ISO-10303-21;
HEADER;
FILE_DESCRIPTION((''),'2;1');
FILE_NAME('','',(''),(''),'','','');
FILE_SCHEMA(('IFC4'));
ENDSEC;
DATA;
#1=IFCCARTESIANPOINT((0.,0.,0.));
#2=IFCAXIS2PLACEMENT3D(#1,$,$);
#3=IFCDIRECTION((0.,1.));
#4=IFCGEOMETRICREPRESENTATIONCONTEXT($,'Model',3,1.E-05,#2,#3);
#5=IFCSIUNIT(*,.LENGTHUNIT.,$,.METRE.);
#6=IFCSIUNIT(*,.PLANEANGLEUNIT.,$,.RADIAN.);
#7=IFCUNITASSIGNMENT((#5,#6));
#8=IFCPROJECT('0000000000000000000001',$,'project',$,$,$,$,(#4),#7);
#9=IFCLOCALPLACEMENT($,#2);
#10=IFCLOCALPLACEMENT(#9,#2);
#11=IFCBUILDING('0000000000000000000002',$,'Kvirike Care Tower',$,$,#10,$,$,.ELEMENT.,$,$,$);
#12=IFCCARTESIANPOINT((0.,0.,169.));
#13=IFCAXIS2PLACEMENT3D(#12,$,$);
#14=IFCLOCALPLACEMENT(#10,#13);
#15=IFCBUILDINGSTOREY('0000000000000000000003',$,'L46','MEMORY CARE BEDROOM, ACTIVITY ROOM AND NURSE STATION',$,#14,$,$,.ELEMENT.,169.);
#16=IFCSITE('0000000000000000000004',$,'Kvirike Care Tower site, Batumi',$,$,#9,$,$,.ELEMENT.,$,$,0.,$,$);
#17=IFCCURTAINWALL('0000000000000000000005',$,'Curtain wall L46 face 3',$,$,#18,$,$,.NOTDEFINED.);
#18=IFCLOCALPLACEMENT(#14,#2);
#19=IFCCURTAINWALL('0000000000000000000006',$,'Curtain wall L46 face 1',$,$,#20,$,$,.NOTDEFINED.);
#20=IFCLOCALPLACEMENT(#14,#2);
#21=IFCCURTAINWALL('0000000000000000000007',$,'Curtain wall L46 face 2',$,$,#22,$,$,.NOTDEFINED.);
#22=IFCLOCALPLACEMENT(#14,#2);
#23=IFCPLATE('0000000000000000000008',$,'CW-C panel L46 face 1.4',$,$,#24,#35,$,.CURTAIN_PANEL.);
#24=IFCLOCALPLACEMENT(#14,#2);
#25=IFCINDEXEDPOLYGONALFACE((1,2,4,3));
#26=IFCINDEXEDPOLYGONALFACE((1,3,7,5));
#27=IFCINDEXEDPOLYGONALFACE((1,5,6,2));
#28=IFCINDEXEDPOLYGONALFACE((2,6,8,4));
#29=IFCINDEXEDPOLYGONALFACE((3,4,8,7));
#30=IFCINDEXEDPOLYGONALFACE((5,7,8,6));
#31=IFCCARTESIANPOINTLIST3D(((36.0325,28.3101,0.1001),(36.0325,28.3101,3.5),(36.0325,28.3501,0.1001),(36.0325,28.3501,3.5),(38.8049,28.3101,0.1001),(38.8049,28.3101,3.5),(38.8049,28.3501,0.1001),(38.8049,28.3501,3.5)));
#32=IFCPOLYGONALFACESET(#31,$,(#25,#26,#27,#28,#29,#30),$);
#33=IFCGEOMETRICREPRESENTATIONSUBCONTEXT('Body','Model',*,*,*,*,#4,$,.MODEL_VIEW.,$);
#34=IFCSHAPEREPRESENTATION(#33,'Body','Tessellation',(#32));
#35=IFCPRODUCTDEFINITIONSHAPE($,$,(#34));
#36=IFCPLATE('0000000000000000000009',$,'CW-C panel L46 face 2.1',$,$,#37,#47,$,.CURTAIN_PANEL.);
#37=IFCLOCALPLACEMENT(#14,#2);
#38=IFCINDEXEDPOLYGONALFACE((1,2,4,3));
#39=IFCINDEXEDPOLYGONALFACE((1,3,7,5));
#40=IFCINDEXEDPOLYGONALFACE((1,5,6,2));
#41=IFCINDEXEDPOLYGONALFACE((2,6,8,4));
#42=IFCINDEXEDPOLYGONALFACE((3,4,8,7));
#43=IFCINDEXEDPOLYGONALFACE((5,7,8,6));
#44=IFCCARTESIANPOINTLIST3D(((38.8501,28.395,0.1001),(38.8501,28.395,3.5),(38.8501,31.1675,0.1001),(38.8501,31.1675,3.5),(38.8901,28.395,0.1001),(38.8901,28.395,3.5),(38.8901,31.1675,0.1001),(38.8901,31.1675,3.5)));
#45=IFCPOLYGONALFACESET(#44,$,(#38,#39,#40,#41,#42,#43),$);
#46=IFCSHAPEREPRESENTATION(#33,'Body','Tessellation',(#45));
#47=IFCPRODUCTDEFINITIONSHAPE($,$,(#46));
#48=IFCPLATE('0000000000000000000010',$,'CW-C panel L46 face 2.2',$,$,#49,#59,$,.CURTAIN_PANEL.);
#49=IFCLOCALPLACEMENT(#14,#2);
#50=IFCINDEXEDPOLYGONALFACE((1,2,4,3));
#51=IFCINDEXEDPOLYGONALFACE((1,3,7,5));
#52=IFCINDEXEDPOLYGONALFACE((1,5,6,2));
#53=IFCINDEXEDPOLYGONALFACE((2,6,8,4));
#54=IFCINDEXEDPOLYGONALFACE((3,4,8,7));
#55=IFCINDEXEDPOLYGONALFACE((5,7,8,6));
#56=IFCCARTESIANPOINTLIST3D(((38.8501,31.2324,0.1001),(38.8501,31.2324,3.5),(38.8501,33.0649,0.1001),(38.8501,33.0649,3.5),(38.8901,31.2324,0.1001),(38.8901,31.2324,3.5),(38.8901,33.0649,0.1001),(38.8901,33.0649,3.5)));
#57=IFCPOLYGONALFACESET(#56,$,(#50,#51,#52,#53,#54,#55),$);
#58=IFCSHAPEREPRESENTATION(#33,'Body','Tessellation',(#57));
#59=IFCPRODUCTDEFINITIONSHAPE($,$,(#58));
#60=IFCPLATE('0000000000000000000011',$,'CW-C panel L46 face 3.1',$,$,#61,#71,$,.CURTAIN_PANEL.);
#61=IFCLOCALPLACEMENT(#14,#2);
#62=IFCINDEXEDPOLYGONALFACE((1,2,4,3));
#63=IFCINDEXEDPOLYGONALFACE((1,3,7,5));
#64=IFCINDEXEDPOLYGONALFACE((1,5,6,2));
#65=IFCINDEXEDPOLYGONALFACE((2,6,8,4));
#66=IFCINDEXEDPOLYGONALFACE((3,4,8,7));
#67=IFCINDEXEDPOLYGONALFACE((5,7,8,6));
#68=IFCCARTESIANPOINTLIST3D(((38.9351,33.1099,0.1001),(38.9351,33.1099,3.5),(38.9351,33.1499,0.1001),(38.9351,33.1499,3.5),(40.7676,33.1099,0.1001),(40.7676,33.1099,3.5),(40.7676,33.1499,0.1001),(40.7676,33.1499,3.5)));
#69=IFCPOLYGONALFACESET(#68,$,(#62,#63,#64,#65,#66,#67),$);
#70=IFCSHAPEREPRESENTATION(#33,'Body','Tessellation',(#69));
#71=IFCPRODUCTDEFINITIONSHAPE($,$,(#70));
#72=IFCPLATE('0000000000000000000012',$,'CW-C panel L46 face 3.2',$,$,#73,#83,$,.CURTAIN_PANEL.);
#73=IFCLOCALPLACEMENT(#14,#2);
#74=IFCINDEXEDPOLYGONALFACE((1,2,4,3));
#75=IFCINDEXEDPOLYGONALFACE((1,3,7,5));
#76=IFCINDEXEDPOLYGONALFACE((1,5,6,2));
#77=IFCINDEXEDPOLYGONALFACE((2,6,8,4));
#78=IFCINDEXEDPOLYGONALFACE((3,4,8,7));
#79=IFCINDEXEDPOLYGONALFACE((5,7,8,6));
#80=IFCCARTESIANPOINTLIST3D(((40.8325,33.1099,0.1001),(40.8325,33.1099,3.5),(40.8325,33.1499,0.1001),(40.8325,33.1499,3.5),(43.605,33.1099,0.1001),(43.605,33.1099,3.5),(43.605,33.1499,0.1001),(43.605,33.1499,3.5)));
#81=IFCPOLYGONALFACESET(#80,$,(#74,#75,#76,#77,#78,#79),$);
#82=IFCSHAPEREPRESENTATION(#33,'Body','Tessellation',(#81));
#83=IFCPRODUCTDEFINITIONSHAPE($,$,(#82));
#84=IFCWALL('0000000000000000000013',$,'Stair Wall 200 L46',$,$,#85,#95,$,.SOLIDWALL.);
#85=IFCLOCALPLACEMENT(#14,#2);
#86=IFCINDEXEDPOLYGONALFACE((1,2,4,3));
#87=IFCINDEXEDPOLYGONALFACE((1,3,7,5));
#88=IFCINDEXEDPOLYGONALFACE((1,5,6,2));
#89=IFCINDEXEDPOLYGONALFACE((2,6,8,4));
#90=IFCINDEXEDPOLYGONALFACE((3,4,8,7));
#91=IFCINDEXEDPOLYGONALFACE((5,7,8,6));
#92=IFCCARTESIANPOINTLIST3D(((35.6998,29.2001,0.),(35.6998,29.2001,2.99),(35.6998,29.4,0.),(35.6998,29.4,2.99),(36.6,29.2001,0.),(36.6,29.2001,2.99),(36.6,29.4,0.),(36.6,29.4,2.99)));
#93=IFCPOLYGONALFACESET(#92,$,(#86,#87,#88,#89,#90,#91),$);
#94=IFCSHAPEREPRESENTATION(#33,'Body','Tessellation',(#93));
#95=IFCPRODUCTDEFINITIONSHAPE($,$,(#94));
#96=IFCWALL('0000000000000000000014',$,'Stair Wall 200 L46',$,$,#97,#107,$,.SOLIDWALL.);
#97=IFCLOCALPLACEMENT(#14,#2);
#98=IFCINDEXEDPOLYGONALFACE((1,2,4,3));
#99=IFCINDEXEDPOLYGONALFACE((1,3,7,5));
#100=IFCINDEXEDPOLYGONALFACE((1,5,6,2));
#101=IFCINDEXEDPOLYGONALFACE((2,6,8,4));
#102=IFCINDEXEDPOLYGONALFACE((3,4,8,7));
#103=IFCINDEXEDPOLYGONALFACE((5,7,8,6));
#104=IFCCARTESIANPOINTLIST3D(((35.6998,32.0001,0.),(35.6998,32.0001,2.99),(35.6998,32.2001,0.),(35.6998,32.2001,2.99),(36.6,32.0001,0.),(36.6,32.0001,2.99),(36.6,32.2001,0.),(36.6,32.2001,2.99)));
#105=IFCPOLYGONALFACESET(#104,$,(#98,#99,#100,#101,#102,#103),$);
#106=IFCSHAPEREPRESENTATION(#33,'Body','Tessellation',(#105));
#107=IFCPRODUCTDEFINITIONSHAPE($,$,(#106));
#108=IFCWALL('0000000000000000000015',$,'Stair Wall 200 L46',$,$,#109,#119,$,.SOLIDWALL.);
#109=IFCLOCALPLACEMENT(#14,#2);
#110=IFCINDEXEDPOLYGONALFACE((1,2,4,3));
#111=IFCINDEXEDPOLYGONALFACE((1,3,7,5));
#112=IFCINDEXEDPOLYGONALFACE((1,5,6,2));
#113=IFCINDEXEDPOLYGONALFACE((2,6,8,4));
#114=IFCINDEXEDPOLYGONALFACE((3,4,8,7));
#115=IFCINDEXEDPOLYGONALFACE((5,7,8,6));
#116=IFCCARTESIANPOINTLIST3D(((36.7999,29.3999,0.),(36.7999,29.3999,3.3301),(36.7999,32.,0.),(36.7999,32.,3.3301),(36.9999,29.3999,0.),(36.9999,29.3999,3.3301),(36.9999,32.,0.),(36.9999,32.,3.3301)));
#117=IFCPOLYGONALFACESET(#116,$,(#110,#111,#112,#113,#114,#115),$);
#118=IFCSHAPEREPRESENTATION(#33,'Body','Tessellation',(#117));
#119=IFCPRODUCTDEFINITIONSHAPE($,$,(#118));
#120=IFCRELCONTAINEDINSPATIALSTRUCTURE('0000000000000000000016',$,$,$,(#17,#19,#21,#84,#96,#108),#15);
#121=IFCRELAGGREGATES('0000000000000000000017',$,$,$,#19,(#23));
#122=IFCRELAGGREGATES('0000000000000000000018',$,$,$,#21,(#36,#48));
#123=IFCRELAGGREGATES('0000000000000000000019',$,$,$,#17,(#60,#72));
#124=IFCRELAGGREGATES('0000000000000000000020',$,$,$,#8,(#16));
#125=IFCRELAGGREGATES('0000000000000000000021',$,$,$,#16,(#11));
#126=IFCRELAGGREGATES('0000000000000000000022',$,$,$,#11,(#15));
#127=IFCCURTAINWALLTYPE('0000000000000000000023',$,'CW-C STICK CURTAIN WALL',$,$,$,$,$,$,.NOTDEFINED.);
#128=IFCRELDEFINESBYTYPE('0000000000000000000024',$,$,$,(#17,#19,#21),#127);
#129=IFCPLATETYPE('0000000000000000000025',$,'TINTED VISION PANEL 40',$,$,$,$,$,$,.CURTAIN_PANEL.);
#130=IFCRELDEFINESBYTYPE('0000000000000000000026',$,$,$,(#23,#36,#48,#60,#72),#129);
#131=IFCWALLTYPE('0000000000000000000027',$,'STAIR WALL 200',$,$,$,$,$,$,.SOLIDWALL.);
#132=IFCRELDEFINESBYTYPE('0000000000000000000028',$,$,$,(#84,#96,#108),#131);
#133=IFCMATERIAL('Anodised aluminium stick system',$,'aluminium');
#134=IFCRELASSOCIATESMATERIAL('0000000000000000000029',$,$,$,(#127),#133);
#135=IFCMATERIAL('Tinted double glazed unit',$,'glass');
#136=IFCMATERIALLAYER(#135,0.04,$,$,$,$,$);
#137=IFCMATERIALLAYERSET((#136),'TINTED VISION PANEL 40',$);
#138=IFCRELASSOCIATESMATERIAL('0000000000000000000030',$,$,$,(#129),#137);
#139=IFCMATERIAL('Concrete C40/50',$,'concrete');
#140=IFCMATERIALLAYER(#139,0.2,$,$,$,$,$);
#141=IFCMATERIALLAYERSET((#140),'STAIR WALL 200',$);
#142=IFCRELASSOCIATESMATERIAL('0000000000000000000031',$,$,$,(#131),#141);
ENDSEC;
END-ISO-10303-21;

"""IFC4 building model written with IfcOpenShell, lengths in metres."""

from ifc_helpers import new_model, si_unit, direction, frame, frame_2d, origin, origin_2d, place, context, subcontext, project, spatial, rectangle, extrude, material, layer, layer_set, type_object, element, aggregate, save


model = new_model("IFC4")

# Units and contexts
model_context = context("Model", 3, precision=1e-05, world=origin(), true_north=direction((0.0, 1.0)))
body_context = subcontext(model_context, "Body", "Model", "MODEL_VIEW")
ifc_project = project(units=[si_unit("LENGTHUNIT", "METRE"), si_unit("PLANEANGLEUNIT", "RADIAN")], contexts=[model_context])

# Site, building, storey
site_placement = place(None, origin())
site = spatial("IfcSite", under=ifc_project, at=site_placement, Name="Kvirike Care Tower site, Batumi", CompositionType="ELEMENT", RefElevation=0.0)
building_placement = place(site_placement, origin())
building = spatial("IfcBuilding", under=site, at=building_placement, Name="Kvirike Care Tower", CompositionType="ELEMENT")
storey_placement = place(building_placement, frame((0.0, 0.0, 169.0)))
storey = spatial("IfcBuildingStorey", under=building, at=storey_placement, Name="L46", Description="MEMORY CARE BEDROOM, ACTIVITY ROOM AND NURSE STATION", CompositionType="ELEMENT", Elevation=169.0)

# Curtain wall
ifc_material_1 = material(Name="Anodised aluminium stick system", Category="aluminium")
curtain_wall_type = type_object("IfcCurtainWallType", Name="CW-C STICK CURTAIN WALL", PredefinedType="NOTDEFINED", material=ifc_material_1)
curtain_wall_1_placement = place(storey_placement, origin())
curtain_wall_1 = element("IfcCurtainWall", 1, at=curtain_wall_1_placement, inside=storey, type_object=curtain_wall_type, Name="Curtain wall L46 face 3", PredefinedType="NOTDEFINED")

# Curtain walls
curtain_wall_2_placement = place(storey_placement, origin())
curtain_wall_2 = element("IfcCurtainWall", 2, at=curtain_wall_2_placement, inside=storey, type_object=curtain_wall_type, Name="Curtain wall L46 face 1", PredefinedType="NOTDEFINED")
curtain_wall_3_placement = place(storey_placement, origin())
curtain_wall_3 = element("IfcCurtainWall", 3, at=curtain_wall_3_placement, inside=storey, type_object=curtain_wall_type, Name="Curtain wall L46 face 2", PredefinedType="NOTDEFINED")

# Plates
ifc_material_2 = material(Name="Tinted double glazed unit", Category="glass")
ifc_layer_1 = layer(ifc_material_2, 0.04)
ifc_layer_set_1 = layer_set([ifc_layer_1], Name="TINTED VISION PANEL 40")
plate_type = type_object("IfcPlateType", Name="TINTED VISION PANEL 40", PredefinedType="CURTAIN_PANEL", material=ifc_layer_set_1)
plate_1_placement = place(storey_placement, frame((37.4187, 28.3301, 0.1001), z_axis=(0.0, 0.0, 1.0), x_axis=(1.0, 0.0, 0.0)))
plate_1 = element("IfcPlate", 4, at=plate_1_placement, type_object=plate_type, Name="CW-C panel L46 face 1.4", PredefinedType="CURTAIN_PANEL", context=body_context, shape_type="SweptSolid", body=[
    extrude(rectangle(XDim=2.7725, YDim=0.04, at=origin_2d()), origin(), (0.0, 0.0, 1.0), 3.3999),
])
aggregate(curtain_wall_2, [plate_1])
plate_2_placement = place(storey_placement, frame((38.8701, 29.7812, 0.1001), z_axis=(0.0, 0.0, 1.0), x_axis=(0.0, 1.0, 0.0)))
plate_2 = element("IfcPlate", 5, at=plate_2_placement, type_object=plate_type, Name="CW-C panel L46 face 2.1", PredefinedType="CURTAIN_PANEL", context=body_context, shape_type="SweptSolid", body=[
    extrude(rectangle(XDim=2.7725, YDim=0.04, at=origin_2d()), origin(), (0.0, 0.0, 1.0), 3.3999),
])
plate_3_placement = place(storey_placement, frame((38.8701, 32.1487, 0.1001), z_axis=(0.0, 0.0, 1.0), x_axis=(0.0, 1.0, 0.0)))
plate_3 = element("IfcPlate", 6, at=plate_3_placement, type_object=plate_type, Name="CW-C panel L46 face 2.2", PredefinedType="CURTAIN_PANEL", context=body_context, shape_type="SweptSolid", body=[
    extrude(rectangle(XDim=1.8325, YDim=0.04, at=origin_2d()), origin(), (0.0, 0.0, 1.0), 3.3999),
])
aggregate(curtain_wall_3, [plate_2, plate_3])
plate_4_placement = place(storey_placement, frame((39.8513, 33.1299, 0.1001), z_axis=(0.0, 0.0, 1.0), x_axis=(1.0, 0.0, 0.0)))
plate_4 = element("IfcPlate", 7, at=plate_4_placement, type_object=plate_type, Name="CW-C panel L46 face 3.1", PredefinedType="CURTAIN_PANEL", context=body_context, shape_type="SweptSolid", body=[
    extrude(rectangle(XDim=1.8325, YDim=0.04, at=origin_2d()), origin(), (0.0, 0.0, 1.0), 3.3999),
])
plate_5_placement = place(storey_placement, frame((42.2188, 33.1299, 0.1001), z_axis=(0.0, 0.0, 1.0), x_axis=(1.0, 0.0, 0.0)))
plate_5 = element("IfcPlate", 8, at=plate_5_placement, type_object=plate_type, Name="CW-C panel L46 face 3.2", PredefinedType="CURTAIN_PANEL", context=body_context, shape_type="SweptSolid", body=[
    extrude(rectangle(XDim=2.7725, YDim=0.04, at=origin_2d()), origin(), (0.0, 0.0, 1.0), 3.3999),
])
aggregate(curtain_wall_1, [plate_4, plate_5])

# Walls
ifc_material_3 = material(Name="Concrete C40/50", Category="concrete")
ifc_layer_2 = layer(ifc_material_3, 0.2)
ifc_layer_set_2 = layer_set([ifc_layer_2], Name="STAIR WALL 200")
wall_type = type_object("IfcWallType", Name="STAIR WALL 200", PredefinedType="SOLIDWALL", material=ifc_layer_set_2)
for number, where, z_axis, x_axis, name in (
    (9, (36.6001, 29.3, 0.0), (0.0, 0.0, 1.0), (-1.0, 0.0, 0.0), "Stair Wall 200 L46"),
    (10, (36.6001, 32.1001, 0.0), (0.0, 0.0, 1.0), (-1.0, 0.0, 0.0), "Stair Wall 200 L46"),
):
    element("IfcWall", number, at=place(storey_placement, frame(where, z_axis=z_axis, x_axis=x_axis)), inside=storey, type_object=wall_type, Name=name, PredefinedType="SOLIDWALL", context=body_context, shape_type="SweptSolid", body=[
        extrude(rectangle(XDim=0.9001, YDim=0.2, at=frame_2d((0.4502, 0.0))), origin(), (0.0, 0.0, 1.0), 2.99),
    ])
wall_placement = place(storey_placement, frame((36.8999, 29.3999, 0.0), z_axis=(0.0, 0.0, 1.0), x_axis=(0.0, 1.0, 0.0)))
element("IfcWall", 11, at=wall_placement, inside=storey, type_object=wall_type, Name="Stair Wall 200 L46", PredefinedType="SOLIDWALL", context=body_context, shape_type="SweptSolid", body=[
    extrude(rectangle(XDim=2.6001, YDim=0.2, at=frame_2d((1.3, 0.0))), origin(), (0.0, 0.0, 1.0), 3.3301),
])

save(model, "model.ifc")
